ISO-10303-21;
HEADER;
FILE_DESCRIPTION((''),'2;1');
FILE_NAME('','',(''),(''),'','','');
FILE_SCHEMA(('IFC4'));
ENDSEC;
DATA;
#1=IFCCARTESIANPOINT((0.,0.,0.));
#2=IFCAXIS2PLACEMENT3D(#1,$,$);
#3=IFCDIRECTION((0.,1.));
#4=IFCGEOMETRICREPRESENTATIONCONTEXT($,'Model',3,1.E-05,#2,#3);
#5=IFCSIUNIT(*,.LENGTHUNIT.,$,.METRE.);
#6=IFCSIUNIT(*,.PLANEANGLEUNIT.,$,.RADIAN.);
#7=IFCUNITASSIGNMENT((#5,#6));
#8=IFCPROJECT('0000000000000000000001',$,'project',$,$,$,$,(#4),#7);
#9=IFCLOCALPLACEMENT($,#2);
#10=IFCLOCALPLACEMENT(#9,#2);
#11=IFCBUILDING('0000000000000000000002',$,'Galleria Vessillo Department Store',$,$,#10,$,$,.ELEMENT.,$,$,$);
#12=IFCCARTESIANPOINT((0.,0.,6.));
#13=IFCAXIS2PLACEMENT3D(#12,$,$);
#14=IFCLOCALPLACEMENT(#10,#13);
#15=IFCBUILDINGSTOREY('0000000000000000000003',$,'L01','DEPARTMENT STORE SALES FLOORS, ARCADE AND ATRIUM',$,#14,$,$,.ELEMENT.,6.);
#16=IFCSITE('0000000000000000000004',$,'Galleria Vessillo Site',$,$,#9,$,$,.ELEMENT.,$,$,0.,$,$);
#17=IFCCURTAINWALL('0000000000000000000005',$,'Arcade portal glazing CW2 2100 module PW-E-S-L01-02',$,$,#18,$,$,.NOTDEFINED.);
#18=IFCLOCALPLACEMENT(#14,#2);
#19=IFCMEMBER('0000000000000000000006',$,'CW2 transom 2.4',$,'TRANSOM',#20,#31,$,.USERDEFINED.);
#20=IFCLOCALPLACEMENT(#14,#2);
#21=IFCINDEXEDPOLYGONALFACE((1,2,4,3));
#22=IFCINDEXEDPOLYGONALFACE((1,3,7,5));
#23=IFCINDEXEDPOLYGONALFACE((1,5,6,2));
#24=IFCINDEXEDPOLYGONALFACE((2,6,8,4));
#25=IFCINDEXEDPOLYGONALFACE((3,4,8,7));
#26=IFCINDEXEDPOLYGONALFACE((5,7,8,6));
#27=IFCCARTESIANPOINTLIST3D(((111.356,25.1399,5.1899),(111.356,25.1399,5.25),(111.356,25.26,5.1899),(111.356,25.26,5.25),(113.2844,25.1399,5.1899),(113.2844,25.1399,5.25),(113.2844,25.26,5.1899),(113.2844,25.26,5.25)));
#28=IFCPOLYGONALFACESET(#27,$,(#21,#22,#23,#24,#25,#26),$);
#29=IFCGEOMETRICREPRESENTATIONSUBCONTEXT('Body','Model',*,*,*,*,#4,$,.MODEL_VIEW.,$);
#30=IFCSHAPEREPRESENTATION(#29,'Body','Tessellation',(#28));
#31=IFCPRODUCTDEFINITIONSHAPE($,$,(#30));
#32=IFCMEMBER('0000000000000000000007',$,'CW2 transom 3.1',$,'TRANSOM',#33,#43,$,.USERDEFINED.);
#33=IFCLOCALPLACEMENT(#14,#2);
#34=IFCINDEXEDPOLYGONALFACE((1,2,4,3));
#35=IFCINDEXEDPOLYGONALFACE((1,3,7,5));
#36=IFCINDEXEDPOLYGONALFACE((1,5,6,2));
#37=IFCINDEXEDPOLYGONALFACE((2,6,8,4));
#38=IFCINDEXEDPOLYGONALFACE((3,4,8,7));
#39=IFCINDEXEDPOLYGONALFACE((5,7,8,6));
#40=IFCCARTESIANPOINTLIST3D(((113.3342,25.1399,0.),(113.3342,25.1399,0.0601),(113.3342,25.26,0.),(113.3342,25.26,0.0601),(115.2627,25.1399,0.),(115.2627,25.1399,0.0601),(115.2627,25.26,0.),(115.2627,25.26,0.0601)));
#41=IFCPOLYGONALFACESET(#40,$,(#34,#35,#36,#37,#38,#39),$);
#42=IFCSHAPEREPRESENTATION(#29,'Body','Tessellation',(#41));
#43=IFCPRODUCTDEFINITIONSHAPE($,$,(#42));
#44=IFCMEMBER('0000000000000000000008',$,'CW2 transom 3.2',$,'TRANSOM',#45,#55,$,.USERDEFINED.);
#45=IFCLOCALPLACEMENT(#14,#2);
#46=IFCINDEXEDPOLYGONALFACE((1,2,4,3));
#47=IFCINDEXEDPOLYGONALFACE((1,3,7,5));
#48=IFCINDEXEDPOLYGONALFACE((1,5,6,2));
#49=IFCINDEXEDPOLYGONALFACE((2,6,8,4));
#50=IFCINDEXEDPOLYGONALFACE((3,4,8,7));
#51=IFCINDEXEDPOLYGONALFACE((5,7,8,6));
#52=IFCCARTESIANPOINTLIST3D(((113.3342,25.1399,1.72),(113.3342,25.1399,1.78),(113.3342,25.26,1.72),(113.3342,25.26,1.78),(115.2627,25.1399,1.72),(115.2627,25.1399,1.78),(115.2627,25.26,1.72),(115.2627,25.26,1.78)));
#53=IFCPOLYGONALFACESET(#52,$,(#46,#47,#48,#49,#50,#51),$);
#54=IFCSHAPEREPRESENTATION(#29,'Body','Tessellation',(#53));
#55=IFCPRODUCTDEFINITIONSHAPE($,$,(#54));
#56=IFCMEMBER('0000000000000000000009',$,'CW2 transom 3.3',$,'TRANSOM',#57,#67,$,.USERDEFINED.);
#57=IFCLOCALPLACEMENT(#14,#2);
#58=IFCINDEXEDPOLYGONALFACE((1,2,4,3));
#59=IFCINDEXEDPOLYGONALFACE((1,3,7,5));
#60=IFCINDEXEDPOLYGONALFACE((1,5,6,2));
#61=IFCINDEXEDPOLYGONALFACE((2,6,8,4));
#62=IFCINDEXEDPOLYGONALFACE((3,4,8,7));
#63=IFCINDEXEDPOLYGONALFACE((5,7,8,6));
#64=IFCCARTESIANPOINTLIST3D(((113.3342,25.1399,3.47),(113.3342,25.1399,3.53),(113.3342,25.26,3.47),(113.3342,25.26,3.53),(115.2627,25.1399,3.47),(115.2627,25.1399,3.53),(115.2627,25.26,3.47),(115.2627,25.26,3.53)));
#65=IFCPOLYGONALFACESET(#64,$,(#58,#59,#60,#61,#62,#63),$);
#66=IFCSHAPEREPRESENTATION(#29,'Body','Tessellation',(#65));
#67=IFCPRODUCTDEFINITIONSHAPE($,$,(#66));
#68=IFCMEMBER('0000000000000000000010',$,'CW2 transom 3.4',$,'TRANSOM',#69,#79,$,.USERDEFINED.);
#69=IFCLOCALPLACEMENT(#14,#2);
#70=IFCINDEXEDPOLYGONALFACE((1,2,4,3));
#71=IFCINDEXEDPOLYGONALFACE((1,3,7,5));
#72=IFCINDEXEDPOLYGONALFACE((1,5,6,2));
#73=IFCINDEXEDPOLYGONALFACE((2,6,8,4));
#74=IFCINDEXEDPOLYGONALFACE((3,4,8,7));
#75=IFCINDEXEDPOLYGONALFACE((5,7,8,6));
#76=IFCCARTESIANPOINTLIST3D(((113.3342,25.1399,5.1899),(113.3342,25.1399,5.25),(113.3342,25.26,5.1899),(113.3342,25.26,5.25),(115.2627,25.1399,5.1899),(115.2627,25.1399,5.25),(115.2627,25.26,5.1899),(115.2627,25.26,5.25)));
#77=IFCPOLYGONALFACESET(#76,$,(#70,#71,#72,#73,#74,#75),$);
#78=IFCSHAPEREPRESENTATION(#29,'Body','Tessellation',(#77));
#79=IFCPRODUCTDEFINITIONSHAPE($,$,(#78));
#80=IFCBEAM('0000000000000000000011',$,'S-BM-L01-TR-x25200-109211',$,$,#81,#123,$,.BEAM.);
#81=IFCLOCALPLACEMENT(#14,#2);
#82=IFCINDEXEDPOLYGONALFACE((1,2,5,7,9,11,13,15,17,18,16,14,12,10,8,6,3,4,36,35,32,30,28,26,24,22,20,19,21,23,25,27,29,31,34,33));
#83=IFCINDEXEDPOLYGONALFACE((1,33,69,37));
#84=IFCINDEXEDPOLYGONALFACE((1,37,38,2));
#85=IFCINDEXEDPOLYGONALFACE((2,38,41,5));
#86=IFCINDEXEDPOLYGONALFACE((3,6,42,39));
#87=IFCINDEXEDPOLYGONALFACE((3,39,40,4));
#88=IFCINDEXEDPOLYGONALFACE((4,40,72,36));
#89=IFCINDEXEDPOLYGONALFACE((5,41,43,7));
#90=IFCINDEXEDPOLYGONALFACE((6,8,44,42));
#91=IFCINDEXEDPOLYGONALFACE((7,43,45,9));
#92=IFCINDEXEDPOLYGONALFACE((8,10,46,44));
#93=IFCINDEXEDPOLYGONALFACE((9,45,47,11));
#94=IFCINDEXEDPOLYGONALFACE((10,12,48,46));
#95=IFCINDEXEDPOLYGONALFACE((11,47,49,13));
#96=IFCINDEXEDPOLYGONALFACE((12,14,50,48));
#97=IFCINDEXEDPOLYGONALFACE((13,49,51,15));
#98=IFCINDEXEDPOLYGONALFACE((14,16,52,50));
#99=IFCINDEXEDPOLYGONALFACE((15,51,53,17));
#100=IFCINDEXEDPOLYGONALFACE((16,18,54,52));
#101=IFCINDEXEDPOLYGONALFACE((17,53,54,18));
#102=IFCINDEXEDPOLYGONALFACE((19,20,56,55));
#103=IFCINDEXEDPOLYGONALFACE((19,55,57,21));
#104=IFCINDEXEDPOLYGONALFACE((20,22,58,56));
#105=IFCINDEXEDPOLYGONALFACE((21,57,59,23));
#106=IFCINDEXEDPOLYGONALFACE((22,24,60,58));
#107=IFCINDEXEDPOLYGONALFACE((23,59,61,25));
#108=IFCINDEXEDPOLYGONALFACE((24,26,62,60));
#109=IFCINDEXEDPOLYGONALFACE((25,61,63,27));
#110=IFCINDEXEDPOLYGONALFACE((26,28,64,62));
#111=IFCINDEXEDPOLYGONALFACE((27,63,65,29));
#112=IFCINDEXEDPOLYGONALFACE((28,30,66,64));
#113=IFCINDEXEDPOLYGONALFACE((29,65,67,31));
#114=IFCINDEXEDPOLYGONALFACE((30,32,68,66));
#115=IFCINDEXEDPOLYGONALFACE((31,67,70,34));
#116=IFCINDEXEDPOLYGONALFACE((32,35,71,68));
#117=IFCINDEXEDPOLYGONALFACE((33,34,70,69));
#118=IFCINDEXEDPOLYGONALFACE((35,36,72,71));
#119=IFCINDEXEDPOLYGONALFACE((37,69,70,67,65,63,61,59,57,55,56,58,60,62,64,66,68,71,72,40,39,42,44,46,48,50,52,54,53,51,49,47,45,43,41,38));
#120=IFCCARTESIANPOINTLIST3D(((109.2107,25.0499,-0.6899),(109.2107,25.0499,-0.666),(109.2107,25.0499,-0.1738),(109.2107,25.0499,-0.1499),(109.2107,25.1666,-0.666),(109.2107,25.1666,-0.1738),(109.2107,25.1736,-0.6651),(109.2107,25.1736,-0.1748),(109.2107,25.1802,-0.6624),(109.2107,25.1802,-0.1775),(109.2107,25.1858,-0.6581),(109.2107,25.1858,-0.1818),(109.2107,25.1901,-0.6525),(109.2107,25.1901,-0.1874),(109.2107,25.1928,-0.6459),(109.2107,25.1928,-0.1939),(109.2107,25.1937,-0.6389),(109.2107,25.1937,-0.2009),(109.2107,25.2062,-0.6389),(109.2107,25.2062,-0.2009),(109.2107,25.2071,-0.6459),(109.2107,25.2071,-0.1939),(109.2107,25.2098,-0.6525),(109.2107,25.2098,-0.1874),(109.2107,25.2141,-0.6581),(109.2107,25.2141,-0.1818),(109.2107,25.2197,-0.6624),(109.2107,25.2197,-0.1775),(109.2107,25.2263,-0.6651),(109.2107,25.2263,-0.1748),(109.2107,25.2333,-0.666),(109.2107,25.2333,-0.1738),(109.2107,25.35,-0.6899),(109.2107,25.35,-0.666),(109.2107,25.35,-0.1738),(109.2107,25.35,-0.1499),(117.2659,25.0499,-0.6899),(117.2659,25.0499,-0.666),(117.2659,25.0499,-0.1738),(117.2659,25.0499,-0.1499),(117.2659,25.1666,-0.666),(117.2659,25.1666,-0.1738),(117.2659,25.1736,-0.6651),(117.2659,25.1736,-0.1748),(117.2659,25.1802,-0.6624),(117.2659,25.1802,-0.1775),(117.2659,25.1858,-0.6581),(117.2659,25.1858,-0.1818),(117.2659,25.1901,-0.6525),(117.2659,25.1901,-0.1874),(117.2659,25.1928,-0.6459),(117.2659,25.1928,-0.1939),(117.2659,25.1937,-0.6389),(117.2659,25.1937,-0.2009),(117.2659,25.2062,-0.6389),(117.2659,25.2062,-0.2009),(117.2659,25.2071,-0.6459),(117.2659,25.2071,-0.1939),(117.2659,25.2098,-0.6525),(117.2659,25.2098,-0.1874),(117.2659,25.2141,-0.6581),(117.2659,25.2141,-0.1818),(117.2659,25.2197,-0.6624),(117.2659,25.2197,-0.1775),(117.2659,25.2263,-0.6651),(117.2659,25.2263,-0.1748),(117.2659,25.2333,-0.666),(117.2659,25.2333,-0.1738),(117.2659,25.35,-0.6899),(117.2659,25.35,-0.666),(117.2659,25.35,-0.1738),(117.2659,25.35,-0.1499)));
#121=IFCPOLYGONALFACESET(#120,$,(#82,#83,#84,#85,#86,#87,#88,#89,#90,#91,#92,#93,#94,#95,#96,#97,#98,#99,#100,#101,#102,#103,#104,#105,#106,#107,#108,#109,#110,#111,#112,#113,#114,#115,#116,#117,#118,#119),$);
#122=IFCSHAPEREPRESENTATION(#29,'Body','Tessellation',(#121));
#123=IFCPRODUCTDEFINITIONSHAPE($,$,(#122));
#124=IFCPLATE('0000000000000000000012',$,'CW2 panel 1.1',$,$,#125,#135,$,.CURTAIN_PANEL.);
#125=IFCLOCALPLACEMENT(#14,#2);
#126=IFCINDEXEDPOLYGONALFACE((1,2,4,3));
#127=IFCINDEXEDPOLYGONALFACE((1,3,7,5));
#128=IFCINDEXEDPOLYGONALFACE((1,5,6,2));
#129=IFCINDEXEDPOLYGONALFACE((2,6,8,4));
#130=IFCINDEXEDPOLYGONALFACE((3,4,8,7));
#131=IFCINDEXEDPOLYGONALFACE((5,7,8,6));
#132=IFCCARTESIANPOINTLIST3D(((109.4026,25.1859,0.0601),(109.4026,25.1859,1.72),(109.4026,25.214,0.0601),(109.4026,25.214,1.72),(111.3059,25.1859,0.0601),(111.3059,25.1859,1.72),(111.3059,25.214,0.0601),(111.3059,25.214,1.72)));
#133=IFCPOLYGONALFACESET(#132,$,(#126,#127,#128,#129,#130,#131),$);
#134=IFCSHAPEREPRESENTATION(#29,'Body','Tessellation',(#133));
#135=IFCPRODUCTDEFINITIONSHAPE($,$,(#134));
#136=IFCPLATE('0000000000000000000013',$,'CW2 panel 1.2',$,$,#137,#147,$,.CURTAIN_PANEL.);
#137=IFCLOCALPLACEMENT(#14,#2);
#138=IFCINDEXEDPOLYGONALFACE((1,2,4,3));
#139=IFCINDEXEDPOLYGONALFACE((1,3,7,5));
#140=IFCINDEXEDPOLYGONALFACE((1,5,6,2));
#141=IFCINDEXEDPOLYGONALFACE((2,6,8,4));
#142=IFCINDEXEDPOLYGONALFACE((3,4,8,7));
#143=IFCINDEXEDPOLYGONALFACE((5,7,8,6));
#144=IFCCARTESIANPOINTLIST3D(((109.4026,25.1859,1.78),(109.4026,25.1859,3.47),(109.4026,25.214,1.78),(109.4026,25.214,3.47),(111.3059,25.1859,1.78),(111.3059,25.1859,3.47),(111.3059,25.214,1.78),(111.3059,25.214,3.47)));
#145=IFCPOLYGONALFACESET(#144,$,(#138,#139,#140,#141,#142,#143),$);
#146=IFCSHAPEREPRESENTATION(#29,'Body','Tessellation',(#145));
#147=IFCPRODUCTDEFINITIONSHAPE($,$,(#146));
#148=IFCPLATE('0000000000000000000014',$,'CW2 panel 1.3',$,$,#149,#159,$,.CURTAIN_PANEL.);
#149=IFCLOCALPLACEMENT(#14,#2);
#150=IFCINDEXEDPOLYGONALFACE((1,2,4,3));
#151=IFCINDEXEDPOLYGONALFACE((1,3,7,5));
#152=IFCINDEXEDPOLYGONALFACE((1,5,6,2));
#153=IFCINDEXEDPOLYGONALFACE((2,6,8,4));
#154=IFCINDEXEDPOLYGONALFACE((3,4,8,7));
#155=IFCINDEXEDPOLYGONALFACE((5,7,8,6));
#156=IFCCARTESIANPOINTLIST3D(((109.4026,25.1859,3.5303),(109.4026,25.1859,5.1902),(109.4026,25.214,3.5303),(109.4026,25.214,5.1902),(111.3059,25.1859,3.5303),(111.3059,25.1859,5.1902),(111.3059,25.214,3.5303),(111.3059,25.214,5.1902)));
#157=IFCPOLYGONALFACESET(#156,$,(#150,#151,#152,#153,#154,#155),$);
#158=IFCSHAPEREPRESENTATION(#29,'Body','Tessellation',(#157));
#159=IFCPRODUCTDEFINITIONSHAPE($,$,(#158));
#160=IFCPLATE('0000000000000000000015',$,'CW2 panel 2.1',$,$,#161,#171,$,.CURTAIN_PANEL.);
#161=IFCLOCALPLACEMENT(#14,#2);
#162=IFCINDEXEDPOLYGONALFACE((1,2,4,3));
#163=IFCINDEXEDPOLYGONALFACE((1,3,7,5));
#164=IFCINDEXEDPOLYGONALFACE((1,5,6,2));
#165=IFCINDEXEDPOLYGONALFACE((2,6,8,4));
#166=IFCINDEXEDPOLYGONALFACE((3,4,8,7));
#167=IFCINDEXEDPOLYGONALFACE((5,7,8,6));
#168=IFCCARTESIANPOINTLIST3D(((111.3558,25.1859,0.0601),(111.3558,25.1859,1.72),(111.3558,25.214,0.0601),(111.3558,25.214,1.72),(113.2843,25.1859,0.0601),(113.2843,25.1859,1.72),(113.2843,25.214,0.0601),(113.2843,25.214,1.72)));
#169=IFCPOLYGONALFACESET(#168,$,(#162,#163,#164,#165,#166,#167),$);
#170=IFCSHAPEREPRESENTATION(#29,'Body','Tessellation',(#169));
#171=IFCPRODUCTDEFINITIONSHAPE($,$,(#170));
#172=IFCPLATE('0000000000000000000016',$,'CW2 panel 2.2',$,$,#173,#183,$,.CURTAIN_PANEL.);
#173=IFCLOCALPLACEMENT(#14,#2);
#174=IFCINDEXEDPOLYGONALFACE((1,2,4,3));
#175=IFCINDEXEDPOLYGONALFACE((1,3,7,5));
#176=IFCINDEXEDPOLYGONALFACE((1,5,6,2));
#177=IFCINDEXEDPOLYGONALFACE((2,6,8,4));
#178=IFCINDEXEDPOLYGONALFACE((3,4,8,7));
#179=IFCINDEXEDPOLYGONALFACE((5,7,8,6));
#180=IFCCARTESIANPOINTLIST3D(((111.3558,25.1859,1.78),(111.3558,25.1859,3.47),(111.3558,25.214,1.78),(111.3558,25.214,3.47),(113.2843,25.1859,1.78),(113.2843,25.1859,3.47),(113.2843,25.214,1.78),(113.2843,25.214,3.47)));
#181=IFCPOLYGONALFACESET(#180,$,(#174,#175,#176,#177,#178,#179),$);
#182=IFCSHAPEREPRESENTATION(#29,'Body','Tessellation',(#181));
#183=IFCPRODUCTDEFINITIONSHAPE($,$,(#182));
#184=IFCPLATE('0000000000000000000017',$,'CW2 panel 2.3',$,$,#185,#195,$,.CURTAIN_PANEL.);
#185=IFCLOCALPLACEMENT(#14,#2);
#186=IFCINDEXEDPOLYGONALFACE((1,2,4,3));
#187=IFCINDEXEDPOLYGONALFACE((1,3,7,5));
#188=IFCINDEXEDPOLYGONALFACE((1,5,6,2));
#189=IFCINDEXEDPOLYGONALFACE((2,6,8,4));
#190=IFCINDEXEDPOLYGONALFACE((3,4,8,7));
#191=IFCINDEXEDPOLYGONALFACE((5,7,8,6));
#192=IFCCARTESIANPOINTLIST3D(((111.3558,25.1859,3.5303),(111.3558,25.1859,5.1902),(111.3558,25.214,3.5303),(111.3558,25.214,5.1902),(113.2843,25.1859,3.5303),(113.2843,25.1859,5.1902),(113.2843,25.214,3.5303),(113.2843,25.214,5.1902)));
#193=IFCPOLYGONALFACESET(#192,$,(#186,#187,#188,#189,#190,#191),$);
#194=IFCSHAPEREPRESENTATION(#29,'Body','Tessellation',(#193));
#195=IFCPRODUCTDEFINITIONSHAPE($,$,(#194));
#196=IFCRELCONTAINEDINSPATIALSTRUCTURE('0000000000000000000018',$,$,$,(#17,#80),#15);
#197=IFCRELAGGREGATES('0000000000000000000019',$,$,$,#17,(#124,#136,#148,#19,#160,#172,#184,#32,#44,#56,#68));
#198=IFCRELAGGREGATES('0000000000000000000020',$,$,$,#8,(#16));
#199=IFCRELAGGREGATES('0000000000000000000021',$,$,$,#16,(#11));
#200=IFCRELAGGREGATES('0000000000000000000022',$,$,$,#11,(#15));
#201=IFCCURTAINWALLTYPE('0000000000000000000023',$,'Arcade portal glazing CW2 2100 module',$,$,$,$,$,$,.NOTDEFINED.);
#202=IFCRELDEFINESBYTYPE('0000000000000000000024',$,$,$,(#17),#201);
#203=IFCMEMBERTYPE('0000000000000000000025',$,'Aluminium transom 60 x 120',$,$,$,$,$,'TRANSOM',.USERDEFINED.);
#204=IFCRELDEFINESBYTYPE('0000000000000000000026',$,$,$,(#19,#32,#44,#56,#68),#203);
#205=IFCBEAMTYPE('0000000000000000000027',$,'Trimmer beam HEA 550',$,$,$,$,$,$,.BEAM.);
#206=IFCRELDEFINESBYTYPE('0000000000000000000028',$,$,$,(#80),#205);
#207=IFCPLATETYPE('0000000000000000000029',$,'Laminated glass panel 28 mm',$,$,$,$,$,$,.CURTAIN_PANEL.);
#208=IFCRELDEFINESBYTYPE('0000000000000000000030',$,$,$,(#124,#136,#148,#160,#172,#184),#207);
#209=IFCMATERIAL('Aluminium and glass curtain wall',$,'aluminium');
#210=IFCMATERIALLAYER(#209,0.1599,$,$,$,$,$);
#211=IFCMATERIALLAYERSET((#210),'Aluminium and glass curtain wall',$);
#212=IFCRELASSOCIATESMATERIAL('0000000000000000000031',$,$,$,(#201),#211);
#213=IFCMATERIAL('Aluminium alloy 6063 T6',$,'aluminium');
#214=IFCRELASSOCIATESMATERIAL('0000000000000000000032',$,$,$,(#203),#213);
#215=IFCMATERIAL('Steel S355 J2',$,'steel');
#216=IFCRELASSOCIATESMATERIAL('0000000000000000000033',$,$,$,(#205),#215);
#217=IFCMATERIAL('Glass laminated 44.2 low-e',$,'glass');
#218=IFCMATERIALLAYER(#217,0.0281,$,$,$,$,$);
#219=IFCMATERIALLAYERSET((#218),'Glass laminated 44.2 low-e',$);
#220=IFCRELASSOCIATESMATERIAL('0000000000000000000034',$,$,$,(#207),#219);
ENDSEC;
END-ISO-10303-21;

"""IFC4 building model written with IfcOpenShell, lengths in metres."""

from ifc_helpers import new_model, si_unit, direction, frame, origin, origin_2d, place, context, subcontext, project, spatial, rectangle, i_section, extrude, material, layer, layer_set, material_profile, profile_set, type_object, element, aggregate, save


model = new_model("IFC4")

# Units and contexts
model_context = context("Model", 3, precision=1e-05, world=origin(), true_north=direction((0.0, 1.0)))
body_context = subcontext(model_context, "Body", "Model", "MODEL_VIEW")
ifc_project = project(units=[si_unit("LENGTHUNIT", "METRE"), si_unit("PLANEANGLEUNIT", "RADIAN")], contexts=[model_context])

# Site, building, storey
site_placement = place(None, origin())
site = spatial("IfcSite", under=ifc_project, at=site_placement, Name="Galleria Vessillo Site", CompositionType="ELEMENT", RefElevation=0.0)
building_placement = place(site_placement, origin())
building = spatial("IfcBuilding", under=site, at=building_placement, Name="Galleria Vessillo Department Store", CompositionType="ELEMENT")
storey_placement = place(building_placement, frame((0.0, 0.0, 6.0)))
storey = spatial("IfcBuildingStorey", under=building, at=storey_placement, Name="L01", Description="DEPARTMENT STORE SALES FLOORS, ARCADE AND ATRIUM", CompositionType="ELEMENT", Elevation=6.0)

# Shared definitions
ifc_material_1 = material(Name="Aluminium and glass curtain wall", Category="aluminium")
ifc_layer_1 = layer(ifc_material_1, 0.1599)
ifc_layer_set_1 = layer_set([ifc_layer_1], Name="Aluminium and glass curtain wall")
curtain_wall_type = type_object("IfcCurtainWallType", Name="Arcade portal glazing CW2 2100 module", PredefinedType="NOTDEFINED", material=ifc_layer_set_1)

# Curtain wall, members
curtain_wall_1_placement = place(storey_placement, origin())
curtain_wall_1 = element("IfcCurtainWall", 1, at=curtain_wall_1_placement, inside=storey, type_object=curtain_wall_type, Name="Arcade portal glazing CW2 2100 module PW-E-S-L01-02", PredefinedType="NOTDEFINED")
ifc_material_2 = material(Name="Aluminium alloy 6063 T6", Category="aluminium")
ifc_material_profile_1 = material_profile(ifc_material_2, rectangle(XDim=0.1201, YDim=0.0601, at=origin_2d()), Name="AL 60x120")
ifc_profile_set_1 = profile_set([ifc_material_profile_1], Name="Aluminium alloy 6063 T6")
member_type_1 = type_object("IfcMemberType", Name="Aluminium transom 60 x 120", ElementType="TRANSOM", PredefinedType="USERDEFINED", material=ifc_profile_set_1)
member_1_placement = place(storey_placement, frame((111.356, 25.2, 5.22), z_axis=(1.0, 0.0, 0.0), x_axis=(0.0, 1.0, 0.0)))
member_1 = element("IfcMember", 2, at=member_1_placement, type_object=member_type_1, Name="CW2 transom 2.4", ObjectType="TRANSOM", PredefinedType="USERDEFINED", context=body_context, shape_type="SweptSolid", body=[
    extrude(rectangle(XDim=0.1201, YDim=0.0601, at=origin_2d()), origin(), (0.0, 0.0, 1.0), 1.9285),
])
member_2_placement = place(storey_placement, frame((113.3342, 25.2, 0.03), z_axis=(1.0, 0.0, 0.0), x_axis=(0.0, 1.0, 0.0)))
member_2 = element("IfcMember", 3, at=member_2_placement, type_object=member_type_1, Name="CW2 transom 3.1", ObjectType="TRANSOM", PredefinedType="USERDEFINED", context=body_context, shape_type="SweptSolid", body=[
    extrude(rectangle(XDim=0.1201, YDim=0.0601, at=origin_2d()), origin(), (0.0, 0.0, 1.0), 1.9285),
])
member_3_placement = place(storey_placement, frame((113.3342, 25.2, 1.75), z_axis=(1.0, 0.0, 0.0), x_axis=(0.0, 1.0, 0.0)))
member_3 = element("IfcMember", 4, at=member_3_placement, type_object=member_type_1, Name="CW2 transom 3.2", ObjectType="TRANSOM", PredefinedType="USERDEFINED", context=body_context, shape_type="SweptSolid", body=[
    extrude(rectangle(XDim=0.1201, YDim=0.0601, at=origin_2d()), origin(), (0.0, 0.0, 1.0), 1.9285),
])
member_4_placement = place(storey_placement, frame((113.3342, 25.2, 3.5), z_axis=(1.0, 0.0, 0.0), x_axis=(0.0, 1.0, 0.0)))
member_4 = element("IfcMember", 5, at=member_4_placement, type_object=member_type_1, Name="CW2 transom 3.3", ObjectType="TRANSOM", PredefinedType="USERDEFINED", context=body_context, shape_type="SweptSolid", body=[
    extrude(rectangle(XDim=0.1201, YDim=0.0601, at=origin_2d()), origin(), (0.0, 0.0, 1.0), 1.9285),
])
member_5_placement = place(storey_placement, frame((113.3342, 25.2, 5.22), z_axis=(1.0, 0.0, 0.0), x_axis=(0.0, 1.0, 0.0)))
member_5 = element("IfcMember", 6, at=member_5_placement, type_object=member_type_1, Name="CW2 transom 3.4", ObjectType="TRANSOM", PredefinedType="USERDEFINED", context=body_context, shape_type="SweptSolid", body=[
    extrude(rectangle(XDim=0.1201, YDim=0.0601, at=origin_2d()), origin(), (0.0, 0.0, 1.0), 1.9285),
])

# Beam
ifc_material_3 = material(Name="Steel S355 J2", Category="steel")
ifc_material_profile_2 = material_profile(ifc_material_3, i_section(OverallWidth=0.3, OverallDepth=0.54, WebThickness=0.0125, FlangeThickness=0.0239, FilletRadius=0.0271, at=origin_2d()), Name="HEA 550")
ifc_profile_set_2 = profile_set([ifc_material_profile_2], Name="Steel S355 J2")
beam_type = type_object("IfcBeamType", Name="Trimmer beam HEA 550", PredefinedType="BEAM", material=ifc_profile_set_2)
beam_placement = place(storey_placement, frame((109.2107, 25.2, -0.4199), z_axis=(1.0, 0.0, 0.0), x_axis=(0.0, 1.0, 0.0)))
element("IfcBeam", 7, at=beam_placement, inside=storey, type_object=beam_type, Name="S-BM-L01-TR-x25200-109211", PredefinedType="BEAM", context=body_context, shape_type="SweptSolid", body=[
    extrude(i_section(OverallWidth=0.3, OverallDepth=0.54, WebThickness=0.0125, FlangeThickness=0.0239, FilletRadius=0.0271, at=origin_2d()), origin(), (0.0, 0.0, 1.0), 8.0552),
])

# Plates
ifc_material_4 = material(Name="Glass laminated 44.2 low-e", Category="glass")
ifc_layer_2 = layer(ifc_material_4, 0.0281)
ifc_layer_set_2 = layer_set([ifc_layer_2], Name="Glass laminated 44.2 low-e")
plate_type = type_object("IfcPlateType", Name="Laminated glass panel 28 mm", PredefinedType="CURTAIN_PANEL", material=ifc_layer_set_2)
plate_1_placement = place(storey_placement, frame((110.3542, 25.2, 0.0601), z_axis=(0.0, 0.0, 1.0), x_axis=(1.0, 0.0, 0.0)))
plate_1 = element("IfcPlate", 8, at=plate_1_placement, type_object=plate_type, Name="CW2 panel 1.1", PredefinedType="CURTAIN_PANEL", context=body_context, shape_type="SweptSolid", body=[
    extrude(rectangle(XDim=1.9033, YDim=0.0281, at=origin_2d()), origin(), (0.0, 0.0, 1.0), 1.6599),
])
plate_2_placement = place(storey_placement, frame((110.3542, 25.2, 1.78), z_axis=(0.0, 0.0, 1.0), x_axis=(1.0, 0.0, 0.0)))
plate_2 = element("IfcPlate", 9, at=plate_2_placement, type_object=plate_type, Name="CW2 panel 1.2", PredefinedType="CURTAIN_PANEL", context=body_context, shape_type="SweptSolid", body=[
    extrude(rectangle(XDim=1.9033, YDim=0.0281, at=origin_2d()), origin(), (0.0, 0.0, 1.0), 1.6899),
])
plate_3_placement = place(storey_placement, frame((110.3542, 25.2, 3.5303), z_axis=(0.0, 0.0, 1.0), x_axis=(1.0, 0.0, 0.0)))
plate_3 = element("IfcPlate", 10, at=plate_3_placement, type_object=plate_type, Name="CW2 panel 1.3", PredefinedType="CURTAIN_PANEL", context=body_context, shape_type="SweptSolid", body=[
    extrude(rectangle(XDim=1.9033, YDim=0.0281, at=origin_2d()), origin(), (0.0, 0.0, 1.0), 1.6599),
])
plate_4_placement = place(storey_placement, frame((112.3201, 25.2, 0.0601), z_axis=(0.0, 0.0, 1.0), x_axis=(1.0, 0.0, 0.0)))
plate_4 = element("IfcPlate", 11, at=plate_4_placement, type_object=plate_type, Name="CW2 panel 2.1", PredefinedType="CURTAIN_PANEL", context=body_context, shape_type="SweptSolid", body=[
    extrude(rectangle(XDim=1.9285, YDim=0.0281, at=origin_2d()), origin(), (0.0, 0.0, 1.0), 1.6599),
])
plate_5_placement = place(storey_placement, frame((112.3201, 25.2, 1.78), z_axis=(0.0, 0.0, 1.0), x_axis=(1.0, 0.0, 0.0)))
plate_5 = element("IfcPlate", 12, at=plate_5_placement, type_object=plate_type, Name="CW2 panel 2.2", PredefinedType="CURTAIN_PANEL", context=body_context, shape_type="SweptSolid", body=[
    extrude(rectangle(XDim=1.9285, YDim=0.0281, at=origin_2d()), origin(), (0.0, 0.0, 1.0), 1.6899),
])
plate_6_placement = place(storey_placement, frame((112.3201, 25.2, 3.5303), z_axis=(0.0, 0.0, 1.0), x_axis=(1.0, 0.0, 0.0)))
plate_6 = element("IfcPlate", 13, at=plate_6_placement, type_object=plate_type, Name="CW2 panel 2.3", PredefinedType="CURTAIN_PANEL", context=body_context, shape_type="SweptSolid", body=[
    extrude(rectangle(XDim=1.9285, YDim=0.0281, at=origin_2d()), origin(), (0.0, 0.0, 1.0), 1.6599),
])
aggregate(curtain_wall_1, [plate_1, plate_2, plate_3, member_1, plate_4, plate_5, plate_6, member_2, member_3, member_4, member_5])

save(model, "model.ifc")
